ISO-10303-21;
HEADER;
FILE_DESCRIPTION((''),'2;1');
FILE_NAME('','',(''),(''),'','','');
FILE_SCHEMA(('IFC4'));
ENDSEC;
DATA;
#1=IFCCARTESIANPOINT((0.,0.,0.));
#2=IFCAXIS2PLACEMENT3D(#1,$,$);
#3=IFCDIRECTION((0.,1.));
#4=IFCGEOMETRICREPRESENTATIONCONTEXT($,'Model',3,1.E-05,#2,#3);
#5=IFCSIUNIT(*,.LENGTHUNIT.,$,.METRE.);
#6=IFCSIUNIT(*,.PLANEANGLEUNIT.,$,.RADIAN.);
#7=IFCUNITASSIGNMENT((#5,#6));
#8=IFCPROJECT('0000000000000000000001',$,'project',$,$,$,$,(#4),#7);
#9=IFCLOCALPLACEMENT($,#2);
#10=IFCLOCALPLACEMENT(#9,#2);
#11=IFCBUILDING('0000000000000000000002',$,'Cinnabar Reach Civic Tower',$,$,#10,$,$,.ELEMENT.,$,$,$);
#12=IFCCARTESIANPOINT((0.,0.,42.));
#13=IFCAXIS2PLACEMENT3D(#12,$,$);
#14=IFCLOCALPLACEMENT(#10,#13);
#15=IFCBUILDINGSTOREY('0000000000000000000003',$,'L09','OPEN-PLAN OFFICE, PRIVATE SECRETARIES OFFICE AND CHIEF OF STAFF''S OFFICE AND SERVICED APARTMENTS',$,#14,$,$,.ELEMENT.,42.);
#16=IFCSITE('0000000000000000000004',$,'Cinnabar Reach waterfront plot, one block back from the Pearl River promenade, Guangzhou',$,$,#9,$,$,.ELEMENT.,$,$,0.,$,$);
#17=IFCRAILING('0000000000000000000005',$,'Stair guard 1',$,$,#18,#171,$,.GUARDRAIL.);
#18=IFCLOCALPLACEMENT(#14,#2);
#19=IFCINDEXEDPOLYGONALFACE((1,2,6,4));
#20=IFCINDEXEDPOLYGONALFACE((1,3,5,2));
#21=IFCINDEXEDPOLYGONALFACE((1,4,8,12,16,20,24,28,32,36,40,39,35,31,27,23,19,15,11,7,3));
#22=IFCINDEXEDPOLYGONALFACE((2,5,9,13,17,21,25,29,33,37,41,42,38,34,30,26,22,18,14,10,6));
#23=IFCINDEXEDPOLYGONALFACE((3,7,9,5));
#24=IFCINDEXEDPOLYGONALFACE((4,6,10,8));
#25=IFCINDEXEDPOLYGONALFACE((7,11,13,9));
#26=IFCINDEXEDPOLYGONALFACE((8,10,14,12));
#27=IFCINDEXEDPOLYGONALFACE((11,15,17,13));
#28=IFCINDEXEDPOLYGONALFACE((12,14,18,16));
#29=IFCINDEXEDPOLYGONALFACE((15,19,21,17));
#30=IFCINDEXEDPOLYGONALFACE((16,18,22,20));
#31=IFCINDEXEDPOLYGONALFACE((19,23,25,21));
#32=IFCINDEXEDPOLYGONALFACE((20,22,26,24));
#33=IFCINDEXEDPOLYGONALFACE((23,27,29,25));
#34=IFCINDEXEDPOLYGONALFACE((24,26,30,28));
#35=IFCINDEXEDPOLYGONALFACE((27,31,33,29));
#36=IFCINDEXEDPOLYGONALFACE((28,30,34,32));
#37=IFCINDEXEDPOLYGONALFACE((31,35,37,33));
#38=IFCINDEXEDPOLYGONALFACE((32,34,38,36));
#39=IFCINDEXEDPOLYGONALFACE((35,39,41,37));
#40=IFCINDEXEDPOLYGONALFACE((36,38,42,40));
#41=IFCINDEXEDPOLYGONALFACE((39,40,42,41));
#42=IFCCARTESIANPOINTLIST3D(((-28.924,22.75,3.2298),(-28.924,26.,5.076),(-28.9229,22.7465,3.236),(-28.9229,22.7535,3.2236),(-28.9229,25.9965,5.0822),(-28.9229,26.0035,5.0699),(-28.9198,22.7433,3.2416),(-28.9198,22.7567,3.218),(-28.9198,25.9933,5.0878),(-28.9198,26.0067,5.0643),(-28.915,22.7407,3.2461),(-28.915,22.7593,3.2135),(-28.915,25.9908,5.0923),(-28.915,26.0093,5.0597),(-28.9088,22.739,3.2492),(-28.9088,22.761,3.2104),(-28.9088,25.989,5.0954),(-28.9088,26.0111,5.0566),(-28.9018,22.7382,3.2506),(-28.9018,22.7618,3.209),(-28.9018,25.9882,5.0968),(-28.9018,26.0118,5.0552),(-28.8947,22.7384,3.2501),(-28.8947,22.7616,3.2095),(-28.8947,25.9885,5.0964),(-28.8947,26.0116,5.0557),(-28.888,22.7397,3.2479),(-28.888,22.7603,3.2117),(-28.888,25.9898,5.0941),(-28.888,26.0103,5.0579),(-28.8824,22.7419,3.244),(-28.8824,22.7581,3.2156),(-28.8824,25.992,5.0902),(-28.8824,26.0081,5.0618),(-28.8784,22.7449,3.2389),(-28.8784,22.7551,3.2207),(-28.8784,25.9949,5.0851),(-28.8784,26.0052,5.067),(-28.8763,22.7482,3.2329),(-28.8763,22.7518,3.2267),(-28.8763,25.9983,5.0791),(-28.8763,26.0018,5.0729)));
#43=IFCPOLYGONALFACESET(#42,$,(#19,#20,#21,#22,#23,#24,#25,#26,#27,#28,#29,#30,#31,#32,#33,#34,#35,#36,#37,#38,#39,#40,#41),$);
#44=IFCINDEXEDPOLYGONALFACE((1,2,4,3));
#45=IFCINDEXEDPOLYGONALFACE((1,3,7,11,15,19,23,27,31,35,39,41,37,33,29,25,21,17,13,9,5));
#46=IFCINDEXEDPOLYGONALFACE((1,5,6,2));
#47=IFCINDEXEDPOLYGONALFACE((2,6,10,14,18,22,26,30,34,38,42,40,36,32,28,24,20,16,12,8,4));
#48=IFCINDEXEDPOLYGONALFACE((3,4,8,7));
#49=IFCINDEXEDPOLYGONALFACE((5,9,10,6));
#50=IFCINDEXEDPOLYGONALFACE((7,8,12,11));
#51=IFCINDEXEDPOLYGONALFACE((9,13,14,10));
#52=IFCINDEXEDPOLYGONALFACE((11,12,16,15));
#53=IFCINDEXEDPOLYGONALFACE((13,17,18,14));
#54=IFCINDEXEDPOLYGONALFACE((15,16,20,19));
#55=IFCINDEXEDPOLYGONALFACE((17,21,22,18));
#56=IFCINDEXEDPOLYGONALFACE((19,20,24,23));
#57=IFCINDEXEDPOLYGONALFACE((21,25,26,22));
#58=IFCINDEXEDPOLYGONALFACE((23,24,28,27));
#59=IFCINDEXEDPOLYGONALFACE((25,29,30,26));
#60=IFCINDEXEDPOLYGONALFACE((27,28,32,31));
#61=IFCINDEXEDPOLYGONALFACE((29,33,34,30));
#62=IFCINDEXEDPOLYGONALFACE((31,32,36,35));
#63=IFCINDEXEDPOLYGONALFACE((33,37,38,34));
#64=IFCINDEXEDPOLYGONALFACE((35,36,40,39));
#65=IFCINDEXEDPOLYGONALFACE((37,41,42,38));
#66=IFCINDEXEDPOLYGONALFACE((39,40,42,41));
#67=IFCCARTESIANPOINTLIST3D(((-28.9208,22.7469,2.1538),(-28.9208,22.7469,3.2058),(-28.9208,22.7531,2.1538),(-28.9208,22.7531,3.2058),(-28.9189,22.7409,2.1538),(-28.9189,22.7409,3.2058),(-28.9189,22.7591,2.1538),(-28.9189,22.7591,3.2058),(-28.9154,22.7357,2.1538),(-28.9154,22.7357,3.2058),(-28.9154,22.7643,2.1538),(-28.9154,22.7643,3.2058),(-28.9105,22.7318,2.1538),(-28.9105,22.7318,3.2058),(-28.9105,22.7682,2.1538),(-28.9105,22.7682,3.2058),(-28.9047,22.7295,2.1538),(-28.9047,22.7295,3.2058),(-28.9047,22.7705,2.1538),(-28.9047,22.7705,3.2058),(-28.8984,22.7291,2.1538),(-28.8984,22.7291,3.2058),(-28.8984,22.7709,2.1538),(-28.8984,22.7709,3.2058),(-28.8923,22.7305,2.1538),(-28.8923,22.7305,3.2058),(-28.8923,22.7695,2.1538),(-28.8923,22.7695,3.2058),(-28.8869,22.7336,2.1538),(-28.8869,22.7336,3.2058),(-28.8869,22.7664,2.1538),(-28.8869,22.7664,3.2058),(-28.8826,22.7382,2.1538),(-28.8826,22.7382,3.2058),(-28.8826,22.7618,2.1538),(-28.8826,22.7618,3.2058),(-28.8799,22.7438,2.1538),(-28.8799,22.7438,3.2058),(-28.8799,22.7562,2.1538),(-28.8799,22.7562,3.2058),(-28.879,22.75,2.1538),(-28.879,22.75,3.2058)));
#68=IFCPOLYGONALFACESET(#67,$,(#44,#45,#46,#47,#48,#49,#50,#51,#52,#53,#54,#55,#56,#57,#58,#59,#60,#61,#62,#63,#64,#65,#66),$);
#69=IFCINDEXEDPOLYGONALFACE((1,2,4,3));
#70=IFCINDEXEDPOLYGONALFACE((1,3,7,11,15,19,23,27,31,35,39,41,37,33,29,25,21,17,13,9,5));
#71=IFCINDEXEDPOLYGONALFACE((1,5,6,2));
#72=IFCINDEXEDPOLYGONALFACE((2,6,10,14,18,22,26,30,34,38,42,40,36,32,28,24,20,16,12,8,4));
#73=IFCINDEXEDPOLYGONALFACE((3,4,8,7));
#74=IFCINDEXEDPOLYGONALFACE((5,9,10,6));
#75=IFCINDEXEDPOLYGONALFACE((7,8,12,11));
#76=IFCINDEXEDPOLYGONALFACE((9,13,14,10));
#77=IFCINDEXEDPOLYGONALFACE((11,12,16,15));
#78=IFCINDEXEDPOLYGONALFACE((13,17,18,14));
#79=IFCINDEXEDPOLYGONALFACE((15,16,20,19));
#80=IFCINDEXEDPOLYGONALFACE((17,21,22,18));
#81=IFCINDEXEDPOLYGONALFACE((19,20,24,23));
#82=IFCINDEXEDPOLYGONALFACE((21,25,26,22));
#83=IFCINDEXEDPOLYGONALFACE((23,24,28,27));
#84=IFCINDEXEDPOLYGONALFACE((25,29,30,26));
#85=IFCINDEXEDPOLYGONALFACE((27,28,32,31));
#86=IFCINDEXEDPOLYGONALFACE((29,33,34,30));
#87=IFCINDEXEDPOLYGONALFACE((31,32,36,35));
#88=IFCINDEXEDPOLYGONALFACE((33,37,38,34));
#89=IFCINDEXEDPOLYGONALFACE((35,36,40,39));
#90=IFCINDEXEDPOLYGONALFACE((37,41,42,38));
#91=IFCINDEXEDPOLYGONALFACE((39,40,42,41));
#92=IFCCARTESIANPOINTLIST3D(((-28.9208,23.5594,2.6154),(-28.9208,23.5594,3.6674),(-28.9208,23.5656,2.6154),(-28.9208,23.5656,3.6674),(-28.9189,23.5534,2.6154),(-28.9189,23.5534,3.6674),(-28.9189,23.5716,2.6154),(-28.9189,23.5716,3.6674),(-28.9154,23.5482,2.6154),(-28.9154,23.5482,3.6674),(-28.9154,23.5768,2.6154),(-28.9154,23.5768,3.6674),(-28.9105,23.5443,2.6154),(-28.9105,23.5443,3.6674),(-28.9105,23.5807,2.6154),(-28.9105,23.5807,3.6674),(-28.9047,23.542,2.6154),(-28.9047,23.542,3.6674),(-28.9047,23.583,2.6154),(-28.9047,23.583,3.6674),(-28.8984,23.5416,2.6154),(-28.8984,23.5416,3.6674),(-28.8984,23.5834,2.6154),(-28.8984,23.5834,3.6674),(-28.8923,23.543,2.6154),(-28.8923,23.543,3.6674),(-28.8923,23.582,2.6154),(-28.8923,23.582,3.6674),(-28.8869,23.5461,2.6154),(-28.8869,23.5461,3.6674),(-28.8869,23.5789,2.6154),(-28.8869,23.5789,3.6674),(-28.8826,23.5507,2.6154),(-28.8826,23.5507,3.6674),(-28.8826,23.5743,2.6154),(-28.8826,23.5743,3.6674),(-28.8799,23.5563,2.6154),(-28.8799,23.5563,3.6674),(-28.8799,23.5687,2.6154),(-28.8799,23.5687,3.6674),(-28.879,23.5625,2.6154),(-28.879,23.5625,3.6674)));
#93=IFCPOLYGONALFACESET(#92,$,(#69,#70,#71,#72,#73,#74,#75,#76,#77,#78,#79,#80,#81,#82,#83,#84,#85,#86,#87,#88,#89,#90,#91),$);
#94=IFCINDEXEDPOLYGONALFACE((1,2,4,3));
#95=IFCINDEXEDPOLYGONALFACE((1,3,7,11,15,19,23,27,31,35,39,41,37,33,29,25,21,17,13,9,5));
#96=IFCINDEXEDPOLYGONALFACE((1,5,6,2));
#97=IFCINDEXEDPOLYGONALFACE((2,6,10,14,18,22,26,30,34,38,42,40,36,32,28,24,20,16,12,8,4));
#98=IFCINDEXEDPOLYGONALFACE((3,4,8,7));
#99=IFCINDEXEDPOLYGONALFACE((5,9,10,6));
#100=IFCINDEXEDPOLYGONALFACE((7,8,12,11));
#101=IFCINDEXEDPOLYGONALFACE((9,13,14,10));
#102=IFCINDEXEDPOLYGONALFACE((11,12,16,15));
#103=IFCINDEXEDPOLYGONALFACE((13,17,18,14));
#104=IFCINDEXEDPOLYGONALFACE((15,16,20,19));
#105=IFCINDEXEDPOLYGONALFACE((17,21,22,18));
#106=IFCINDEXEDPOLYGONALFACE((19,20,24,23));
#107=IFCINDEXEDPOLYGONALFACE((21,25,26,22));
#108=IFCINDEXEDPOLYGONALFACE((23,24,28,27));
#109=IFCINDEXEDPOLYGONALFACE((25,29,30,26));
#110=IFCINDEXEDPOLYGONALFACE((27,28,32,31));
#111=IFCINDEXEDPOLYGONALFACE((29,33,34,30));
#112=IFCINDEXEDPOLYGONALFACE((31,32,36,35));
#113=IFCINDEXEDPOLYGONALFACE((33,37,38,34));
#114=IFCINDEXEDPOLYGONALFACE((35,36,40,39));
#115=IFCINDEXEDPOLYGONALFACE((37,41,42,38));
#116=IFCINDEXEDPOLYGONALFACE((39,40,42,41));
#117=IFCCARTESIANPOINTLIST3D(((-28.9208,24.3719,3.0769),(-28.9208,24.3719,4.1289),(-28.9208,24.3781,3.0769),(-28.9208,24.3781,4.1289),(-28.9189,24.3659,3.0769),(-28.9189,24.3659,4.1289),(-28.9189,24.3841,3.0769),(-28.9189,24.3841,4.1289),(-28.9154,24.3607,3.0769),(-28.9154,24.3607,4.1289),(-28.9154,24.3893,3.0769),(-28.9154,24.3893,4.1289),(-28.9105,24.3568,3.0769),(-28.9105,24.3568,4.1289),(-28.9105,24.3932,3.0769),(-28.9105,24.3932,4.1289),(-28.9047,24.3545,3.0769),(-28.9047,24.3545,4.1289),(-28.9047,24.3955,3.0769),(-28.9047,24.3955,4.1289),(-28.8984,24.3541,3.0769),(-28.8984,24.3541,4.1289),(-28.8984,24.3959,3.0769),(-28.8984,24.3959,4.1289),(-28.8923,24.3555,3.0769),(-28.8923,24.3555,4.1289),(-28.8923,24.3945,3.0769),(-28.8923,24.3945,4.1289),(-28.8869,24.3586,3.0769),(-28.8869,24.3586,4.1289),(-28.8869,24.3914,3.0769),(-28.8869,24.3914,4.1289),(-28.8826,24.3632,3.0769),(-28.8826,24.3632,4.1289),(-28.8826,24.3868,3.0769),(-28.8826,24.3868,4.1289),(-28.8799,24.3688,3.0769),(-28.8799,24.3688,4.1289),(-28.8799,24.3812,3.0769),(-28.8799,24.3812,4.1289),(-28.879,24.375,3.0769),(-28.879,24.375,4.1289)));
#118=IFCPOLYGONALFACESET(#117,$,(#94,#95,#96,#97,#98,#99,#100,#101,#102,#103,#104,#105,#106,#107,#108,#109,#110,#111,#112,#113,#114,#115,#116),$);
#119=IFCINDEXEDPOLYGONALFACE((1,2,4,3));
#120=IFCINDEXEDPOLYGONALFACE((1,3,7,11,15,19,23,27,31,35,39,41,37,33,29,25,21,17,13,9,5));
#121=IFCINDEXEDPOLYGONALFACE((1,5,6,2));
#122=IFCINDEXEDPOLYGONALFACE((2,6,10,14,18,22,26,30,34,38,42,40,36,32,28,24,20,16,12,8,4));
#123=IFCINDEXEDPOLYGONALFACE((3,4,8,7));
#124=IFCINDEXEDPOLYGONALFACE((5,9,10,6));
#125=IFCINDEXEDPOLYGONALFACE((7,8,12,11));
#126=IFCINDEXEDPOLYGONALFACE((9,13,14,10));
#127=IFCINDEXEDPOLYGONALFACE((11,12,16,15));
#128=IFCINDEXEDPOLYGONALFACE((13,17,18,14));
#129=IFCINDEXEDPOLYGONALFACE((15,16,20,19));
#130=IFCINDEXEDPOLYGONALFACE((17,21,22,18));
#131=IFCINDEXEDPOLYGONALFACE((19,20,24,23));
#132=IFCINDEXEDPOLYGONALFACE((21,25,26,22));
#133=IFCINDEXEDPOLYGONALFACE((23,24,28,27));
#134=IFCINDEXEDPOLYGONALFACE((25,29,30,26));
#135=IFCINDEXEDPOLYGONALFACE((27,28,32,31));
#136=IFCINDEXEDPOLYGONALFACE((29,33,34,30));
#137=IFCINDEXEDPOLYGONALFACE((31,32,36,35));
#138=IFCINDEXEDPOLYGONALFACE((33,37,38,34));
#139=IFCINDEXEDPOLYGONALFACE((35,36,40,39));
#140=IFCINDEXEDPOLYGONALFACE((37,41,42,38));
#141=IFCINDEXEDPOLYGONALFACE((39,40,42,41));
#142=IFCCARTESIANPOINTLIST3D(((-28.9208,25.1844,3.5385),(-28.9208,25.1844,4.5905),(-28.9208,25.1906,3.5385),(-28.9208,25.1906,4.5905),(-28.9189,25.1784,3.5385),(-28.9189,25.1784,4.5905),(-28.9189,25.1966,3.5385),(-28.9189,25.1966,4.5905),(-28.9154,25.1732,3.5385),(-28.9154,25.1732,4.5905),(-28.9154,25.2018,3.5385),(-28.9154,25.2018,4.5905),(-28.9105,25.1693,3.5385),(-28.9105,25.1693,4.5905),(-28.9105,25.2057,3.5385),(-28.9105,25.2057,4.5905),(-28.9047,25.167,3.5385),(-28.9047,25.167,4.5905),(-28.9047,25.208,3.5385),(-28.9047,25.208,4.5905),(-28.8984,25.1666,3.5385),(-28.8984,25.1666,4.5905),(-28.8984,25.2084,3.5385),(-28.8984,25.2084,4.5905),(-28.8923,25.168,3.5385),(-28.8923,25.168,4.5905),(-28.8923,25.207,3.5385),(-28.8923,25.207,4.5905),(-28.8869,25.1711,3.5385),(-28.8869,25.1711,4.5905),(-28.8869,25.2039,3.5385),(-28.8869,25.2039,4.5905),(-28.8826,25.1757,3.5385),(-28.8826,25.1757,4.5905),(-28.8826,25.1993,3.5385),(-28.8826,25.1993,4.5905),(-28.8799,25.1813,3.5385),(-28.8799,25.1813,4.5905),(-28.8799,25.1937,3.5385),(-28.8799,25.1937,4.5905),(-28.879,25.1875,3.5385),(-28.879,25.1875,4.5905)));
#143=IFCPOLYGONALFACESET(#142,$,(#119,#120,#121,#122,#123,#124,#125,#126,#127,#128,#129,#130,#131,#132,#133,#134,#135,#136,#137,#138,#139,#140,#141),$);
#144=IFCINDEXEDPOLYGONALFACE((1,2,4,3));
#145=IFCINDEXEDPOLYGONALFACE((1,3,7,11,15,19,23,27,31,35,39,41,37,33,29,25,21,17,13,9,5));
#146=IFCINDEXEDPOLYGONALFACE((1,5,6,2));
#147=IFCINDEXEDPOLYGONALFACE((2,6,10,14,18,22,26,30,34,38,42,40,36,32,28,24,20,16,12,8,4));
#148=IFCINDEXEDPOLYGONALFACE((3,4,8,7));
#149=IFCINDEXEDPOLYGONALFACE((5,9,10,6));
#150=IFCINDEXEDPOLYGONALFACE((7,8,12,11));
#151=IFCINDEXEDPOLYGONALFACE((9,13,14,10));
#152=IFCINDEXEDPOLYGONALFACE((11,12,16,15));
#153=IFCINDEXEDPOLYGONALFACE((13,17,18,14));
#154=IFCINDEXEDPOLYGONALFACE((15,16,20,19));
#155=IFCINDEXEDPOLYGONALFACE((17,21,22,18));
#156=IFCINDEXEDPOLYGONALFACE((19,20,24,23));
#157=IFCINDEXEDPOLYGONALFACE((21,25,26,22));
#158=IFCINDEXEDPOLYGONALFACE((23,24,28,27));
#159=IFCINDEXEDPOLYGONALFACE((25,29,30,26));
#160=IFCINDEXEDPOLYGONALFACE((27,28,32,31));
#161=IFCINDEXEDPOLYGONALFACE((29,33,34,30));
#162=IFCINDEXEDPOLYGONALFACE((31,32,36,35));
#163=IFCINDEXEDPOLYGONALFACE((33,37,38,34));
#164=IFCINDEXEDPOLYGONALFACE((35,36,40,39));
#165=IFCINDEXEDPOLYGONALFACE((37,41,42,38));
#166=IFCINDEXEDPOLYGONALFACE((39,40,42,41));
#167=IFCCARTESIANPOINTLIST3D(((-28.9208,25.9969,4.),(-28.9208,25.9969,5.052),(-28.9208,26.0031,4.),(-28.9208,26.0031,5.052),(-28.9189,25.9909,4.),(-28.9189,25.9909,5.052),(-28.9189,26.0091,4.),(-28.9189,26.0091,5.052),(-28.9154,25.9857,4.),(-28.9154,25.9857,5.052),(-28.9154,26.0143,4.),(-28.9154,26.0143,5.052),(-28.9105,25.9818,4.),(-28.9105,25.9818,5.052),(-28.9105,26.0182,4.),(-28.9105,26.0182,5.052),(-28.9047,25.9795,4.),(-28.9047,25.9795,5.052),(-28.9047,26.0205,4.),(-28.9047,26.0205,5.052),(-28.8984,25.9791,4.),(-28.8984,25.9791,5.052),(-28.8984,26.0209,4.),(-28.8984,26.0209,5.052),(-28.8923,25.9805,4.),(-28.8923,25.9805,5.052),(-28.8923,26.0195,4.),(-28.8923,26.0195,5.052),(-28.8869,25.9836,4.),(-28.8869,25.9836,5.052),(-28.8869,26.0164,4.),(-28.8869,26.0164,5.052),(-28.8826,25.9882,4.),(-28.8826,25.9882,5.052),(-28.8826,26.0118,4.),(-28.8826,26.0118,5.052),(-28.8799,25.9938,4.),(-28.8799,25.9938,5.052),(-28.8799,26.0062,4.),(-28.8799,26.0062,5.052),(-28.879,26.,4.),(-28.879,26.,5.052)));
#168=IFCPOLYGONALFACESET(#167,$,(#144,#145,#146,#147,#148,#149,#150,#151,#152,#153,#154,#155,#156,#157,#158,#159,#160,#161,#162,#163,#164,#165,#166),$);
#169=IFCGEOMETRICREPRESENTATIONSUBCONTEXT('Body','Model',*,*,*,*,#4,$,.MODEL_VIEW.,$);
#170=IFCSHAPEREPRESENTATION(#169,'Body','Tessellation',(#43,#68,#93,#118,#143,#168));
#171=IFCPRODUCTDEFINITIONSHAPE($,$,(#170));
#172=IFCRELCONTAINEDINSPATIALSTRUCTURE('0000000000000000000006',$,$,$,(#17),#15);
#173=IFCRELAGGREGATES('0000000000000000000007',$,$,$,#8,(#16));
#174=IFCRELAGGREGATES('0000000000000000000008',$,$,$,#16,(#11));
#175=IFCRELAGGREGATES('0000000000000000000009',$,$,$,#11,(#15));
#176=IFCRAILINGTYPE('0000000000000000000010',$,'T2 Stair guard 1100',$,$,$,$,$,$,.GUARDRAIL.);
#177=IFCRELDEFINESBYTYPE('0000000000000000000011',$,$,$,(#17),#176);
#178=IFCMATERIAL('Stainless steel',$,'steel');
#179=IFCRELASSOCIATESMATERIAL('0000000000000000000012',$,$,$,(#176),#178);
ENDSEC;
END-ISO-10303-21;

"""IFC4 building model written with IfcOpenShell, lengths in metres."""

from ifc_helpers import new_model, si_unit, direction, frame, origin, origin_2d, place, context, subcontext, project, spatial, circle, extrude, material, type_object, element, save


model = new_model("IFC4")

# Units and contexts
model_context = context("Model", 3, precision=1e-05, world=origin(), true_north=direction((0.0, 1.0)))
body_context = subcontext(model_context, "Body", "Model", "MODEL_VIEW")
ifc_project = project(units=[si_unit("LENGTHUNIT", "METRE"), si_unit("PLANEANGLEUNIT", "RADIAN")], contexts=[model_context])

# Site, building, storey
site_placement = place(None, origin())
site = spatial("IfcSite", under=ifc_project, at=site_placement, Name="Cinnabar Reach waterfront plot, one block back from the Pearl River promenade, Guangzhou", CompositionType="ELEMENT", RefElevation=0.0)
building_placement = place(site_placement, origin())
building = spatial("IfcBuilding", under=site, at=building_placement, Name="Cinnabar Reach Civic Tower", CompositionType="ELEMENT")
storey_placement = place(building_placement, frame((0.0, 0.0, 42.0)))
storey = spatial("IfcBuildingStorey", under=building, at=storey_placement, Name="L09", Description="OPEN-PLAN OFFICE, PRIVATE SECRETARIES OFFICE AND CHIEF OF STAFF'S OFFICE AND SERVICED APARTMENTS", CompositionType="ELEMENT", Elevation=42.0)

# Railing
ifc_material_1 = material(Name="Stainless steel", Category="steel")
railing_type = type_object("IfcRailingType", Name="T2 Stair guard 1100", PredefinedType="GUARDRAIL", material=ifc_material_1)
railing_placement = place(storey_placement, frame((-28.9, 22.75, 2.1538)))
element("IfcRailing", 1, at=railing_placement, inside=storey, type_object=railing_type, Name="Stair guard 1", PredefinedType="GUARDRAIL", context=body_context, shape_type="SweptSolid", body=[
    extrude(circle(Radius=0.024, at=origin_2d()), frame((0.0, 0.0, 1.076), z_axis=(0.0, 0.869501, 0.49393), x_axis=(-1.0, 0.0, 0.0)), (0.0, 0.0, 1.0), 3.7378),
    extrude(circle(Radius=0.021, at=origin_2d()), origin(), (0.0, 0.0, 1.0), 1.052),
    extrude(circle(Radius=0.021, at=origin_2d()), frame((0.0, 0.8125, 0.4616)), (0.0, 0.0, 1.0), 1.052),
    extrude(circle(Radius=0.021, at=origin_2d()), frame((0.0, 1.625, 0.9231)), (0.0, 0.0, 1.0), 1.052),
    extrude(circle(Radius=0.021, at=origin_2d()), frame((0.0, 2.4375, 1.3847)), (0.0, 0.0, 1.0), 1.052),
    extrude(circle(Radius=0.021, at=origin_2d()), frame((0.0, 3.25, 1.8462)), (0.0, 0.0, 1.0), 1.052),
])

save(model, "model.ifc")
